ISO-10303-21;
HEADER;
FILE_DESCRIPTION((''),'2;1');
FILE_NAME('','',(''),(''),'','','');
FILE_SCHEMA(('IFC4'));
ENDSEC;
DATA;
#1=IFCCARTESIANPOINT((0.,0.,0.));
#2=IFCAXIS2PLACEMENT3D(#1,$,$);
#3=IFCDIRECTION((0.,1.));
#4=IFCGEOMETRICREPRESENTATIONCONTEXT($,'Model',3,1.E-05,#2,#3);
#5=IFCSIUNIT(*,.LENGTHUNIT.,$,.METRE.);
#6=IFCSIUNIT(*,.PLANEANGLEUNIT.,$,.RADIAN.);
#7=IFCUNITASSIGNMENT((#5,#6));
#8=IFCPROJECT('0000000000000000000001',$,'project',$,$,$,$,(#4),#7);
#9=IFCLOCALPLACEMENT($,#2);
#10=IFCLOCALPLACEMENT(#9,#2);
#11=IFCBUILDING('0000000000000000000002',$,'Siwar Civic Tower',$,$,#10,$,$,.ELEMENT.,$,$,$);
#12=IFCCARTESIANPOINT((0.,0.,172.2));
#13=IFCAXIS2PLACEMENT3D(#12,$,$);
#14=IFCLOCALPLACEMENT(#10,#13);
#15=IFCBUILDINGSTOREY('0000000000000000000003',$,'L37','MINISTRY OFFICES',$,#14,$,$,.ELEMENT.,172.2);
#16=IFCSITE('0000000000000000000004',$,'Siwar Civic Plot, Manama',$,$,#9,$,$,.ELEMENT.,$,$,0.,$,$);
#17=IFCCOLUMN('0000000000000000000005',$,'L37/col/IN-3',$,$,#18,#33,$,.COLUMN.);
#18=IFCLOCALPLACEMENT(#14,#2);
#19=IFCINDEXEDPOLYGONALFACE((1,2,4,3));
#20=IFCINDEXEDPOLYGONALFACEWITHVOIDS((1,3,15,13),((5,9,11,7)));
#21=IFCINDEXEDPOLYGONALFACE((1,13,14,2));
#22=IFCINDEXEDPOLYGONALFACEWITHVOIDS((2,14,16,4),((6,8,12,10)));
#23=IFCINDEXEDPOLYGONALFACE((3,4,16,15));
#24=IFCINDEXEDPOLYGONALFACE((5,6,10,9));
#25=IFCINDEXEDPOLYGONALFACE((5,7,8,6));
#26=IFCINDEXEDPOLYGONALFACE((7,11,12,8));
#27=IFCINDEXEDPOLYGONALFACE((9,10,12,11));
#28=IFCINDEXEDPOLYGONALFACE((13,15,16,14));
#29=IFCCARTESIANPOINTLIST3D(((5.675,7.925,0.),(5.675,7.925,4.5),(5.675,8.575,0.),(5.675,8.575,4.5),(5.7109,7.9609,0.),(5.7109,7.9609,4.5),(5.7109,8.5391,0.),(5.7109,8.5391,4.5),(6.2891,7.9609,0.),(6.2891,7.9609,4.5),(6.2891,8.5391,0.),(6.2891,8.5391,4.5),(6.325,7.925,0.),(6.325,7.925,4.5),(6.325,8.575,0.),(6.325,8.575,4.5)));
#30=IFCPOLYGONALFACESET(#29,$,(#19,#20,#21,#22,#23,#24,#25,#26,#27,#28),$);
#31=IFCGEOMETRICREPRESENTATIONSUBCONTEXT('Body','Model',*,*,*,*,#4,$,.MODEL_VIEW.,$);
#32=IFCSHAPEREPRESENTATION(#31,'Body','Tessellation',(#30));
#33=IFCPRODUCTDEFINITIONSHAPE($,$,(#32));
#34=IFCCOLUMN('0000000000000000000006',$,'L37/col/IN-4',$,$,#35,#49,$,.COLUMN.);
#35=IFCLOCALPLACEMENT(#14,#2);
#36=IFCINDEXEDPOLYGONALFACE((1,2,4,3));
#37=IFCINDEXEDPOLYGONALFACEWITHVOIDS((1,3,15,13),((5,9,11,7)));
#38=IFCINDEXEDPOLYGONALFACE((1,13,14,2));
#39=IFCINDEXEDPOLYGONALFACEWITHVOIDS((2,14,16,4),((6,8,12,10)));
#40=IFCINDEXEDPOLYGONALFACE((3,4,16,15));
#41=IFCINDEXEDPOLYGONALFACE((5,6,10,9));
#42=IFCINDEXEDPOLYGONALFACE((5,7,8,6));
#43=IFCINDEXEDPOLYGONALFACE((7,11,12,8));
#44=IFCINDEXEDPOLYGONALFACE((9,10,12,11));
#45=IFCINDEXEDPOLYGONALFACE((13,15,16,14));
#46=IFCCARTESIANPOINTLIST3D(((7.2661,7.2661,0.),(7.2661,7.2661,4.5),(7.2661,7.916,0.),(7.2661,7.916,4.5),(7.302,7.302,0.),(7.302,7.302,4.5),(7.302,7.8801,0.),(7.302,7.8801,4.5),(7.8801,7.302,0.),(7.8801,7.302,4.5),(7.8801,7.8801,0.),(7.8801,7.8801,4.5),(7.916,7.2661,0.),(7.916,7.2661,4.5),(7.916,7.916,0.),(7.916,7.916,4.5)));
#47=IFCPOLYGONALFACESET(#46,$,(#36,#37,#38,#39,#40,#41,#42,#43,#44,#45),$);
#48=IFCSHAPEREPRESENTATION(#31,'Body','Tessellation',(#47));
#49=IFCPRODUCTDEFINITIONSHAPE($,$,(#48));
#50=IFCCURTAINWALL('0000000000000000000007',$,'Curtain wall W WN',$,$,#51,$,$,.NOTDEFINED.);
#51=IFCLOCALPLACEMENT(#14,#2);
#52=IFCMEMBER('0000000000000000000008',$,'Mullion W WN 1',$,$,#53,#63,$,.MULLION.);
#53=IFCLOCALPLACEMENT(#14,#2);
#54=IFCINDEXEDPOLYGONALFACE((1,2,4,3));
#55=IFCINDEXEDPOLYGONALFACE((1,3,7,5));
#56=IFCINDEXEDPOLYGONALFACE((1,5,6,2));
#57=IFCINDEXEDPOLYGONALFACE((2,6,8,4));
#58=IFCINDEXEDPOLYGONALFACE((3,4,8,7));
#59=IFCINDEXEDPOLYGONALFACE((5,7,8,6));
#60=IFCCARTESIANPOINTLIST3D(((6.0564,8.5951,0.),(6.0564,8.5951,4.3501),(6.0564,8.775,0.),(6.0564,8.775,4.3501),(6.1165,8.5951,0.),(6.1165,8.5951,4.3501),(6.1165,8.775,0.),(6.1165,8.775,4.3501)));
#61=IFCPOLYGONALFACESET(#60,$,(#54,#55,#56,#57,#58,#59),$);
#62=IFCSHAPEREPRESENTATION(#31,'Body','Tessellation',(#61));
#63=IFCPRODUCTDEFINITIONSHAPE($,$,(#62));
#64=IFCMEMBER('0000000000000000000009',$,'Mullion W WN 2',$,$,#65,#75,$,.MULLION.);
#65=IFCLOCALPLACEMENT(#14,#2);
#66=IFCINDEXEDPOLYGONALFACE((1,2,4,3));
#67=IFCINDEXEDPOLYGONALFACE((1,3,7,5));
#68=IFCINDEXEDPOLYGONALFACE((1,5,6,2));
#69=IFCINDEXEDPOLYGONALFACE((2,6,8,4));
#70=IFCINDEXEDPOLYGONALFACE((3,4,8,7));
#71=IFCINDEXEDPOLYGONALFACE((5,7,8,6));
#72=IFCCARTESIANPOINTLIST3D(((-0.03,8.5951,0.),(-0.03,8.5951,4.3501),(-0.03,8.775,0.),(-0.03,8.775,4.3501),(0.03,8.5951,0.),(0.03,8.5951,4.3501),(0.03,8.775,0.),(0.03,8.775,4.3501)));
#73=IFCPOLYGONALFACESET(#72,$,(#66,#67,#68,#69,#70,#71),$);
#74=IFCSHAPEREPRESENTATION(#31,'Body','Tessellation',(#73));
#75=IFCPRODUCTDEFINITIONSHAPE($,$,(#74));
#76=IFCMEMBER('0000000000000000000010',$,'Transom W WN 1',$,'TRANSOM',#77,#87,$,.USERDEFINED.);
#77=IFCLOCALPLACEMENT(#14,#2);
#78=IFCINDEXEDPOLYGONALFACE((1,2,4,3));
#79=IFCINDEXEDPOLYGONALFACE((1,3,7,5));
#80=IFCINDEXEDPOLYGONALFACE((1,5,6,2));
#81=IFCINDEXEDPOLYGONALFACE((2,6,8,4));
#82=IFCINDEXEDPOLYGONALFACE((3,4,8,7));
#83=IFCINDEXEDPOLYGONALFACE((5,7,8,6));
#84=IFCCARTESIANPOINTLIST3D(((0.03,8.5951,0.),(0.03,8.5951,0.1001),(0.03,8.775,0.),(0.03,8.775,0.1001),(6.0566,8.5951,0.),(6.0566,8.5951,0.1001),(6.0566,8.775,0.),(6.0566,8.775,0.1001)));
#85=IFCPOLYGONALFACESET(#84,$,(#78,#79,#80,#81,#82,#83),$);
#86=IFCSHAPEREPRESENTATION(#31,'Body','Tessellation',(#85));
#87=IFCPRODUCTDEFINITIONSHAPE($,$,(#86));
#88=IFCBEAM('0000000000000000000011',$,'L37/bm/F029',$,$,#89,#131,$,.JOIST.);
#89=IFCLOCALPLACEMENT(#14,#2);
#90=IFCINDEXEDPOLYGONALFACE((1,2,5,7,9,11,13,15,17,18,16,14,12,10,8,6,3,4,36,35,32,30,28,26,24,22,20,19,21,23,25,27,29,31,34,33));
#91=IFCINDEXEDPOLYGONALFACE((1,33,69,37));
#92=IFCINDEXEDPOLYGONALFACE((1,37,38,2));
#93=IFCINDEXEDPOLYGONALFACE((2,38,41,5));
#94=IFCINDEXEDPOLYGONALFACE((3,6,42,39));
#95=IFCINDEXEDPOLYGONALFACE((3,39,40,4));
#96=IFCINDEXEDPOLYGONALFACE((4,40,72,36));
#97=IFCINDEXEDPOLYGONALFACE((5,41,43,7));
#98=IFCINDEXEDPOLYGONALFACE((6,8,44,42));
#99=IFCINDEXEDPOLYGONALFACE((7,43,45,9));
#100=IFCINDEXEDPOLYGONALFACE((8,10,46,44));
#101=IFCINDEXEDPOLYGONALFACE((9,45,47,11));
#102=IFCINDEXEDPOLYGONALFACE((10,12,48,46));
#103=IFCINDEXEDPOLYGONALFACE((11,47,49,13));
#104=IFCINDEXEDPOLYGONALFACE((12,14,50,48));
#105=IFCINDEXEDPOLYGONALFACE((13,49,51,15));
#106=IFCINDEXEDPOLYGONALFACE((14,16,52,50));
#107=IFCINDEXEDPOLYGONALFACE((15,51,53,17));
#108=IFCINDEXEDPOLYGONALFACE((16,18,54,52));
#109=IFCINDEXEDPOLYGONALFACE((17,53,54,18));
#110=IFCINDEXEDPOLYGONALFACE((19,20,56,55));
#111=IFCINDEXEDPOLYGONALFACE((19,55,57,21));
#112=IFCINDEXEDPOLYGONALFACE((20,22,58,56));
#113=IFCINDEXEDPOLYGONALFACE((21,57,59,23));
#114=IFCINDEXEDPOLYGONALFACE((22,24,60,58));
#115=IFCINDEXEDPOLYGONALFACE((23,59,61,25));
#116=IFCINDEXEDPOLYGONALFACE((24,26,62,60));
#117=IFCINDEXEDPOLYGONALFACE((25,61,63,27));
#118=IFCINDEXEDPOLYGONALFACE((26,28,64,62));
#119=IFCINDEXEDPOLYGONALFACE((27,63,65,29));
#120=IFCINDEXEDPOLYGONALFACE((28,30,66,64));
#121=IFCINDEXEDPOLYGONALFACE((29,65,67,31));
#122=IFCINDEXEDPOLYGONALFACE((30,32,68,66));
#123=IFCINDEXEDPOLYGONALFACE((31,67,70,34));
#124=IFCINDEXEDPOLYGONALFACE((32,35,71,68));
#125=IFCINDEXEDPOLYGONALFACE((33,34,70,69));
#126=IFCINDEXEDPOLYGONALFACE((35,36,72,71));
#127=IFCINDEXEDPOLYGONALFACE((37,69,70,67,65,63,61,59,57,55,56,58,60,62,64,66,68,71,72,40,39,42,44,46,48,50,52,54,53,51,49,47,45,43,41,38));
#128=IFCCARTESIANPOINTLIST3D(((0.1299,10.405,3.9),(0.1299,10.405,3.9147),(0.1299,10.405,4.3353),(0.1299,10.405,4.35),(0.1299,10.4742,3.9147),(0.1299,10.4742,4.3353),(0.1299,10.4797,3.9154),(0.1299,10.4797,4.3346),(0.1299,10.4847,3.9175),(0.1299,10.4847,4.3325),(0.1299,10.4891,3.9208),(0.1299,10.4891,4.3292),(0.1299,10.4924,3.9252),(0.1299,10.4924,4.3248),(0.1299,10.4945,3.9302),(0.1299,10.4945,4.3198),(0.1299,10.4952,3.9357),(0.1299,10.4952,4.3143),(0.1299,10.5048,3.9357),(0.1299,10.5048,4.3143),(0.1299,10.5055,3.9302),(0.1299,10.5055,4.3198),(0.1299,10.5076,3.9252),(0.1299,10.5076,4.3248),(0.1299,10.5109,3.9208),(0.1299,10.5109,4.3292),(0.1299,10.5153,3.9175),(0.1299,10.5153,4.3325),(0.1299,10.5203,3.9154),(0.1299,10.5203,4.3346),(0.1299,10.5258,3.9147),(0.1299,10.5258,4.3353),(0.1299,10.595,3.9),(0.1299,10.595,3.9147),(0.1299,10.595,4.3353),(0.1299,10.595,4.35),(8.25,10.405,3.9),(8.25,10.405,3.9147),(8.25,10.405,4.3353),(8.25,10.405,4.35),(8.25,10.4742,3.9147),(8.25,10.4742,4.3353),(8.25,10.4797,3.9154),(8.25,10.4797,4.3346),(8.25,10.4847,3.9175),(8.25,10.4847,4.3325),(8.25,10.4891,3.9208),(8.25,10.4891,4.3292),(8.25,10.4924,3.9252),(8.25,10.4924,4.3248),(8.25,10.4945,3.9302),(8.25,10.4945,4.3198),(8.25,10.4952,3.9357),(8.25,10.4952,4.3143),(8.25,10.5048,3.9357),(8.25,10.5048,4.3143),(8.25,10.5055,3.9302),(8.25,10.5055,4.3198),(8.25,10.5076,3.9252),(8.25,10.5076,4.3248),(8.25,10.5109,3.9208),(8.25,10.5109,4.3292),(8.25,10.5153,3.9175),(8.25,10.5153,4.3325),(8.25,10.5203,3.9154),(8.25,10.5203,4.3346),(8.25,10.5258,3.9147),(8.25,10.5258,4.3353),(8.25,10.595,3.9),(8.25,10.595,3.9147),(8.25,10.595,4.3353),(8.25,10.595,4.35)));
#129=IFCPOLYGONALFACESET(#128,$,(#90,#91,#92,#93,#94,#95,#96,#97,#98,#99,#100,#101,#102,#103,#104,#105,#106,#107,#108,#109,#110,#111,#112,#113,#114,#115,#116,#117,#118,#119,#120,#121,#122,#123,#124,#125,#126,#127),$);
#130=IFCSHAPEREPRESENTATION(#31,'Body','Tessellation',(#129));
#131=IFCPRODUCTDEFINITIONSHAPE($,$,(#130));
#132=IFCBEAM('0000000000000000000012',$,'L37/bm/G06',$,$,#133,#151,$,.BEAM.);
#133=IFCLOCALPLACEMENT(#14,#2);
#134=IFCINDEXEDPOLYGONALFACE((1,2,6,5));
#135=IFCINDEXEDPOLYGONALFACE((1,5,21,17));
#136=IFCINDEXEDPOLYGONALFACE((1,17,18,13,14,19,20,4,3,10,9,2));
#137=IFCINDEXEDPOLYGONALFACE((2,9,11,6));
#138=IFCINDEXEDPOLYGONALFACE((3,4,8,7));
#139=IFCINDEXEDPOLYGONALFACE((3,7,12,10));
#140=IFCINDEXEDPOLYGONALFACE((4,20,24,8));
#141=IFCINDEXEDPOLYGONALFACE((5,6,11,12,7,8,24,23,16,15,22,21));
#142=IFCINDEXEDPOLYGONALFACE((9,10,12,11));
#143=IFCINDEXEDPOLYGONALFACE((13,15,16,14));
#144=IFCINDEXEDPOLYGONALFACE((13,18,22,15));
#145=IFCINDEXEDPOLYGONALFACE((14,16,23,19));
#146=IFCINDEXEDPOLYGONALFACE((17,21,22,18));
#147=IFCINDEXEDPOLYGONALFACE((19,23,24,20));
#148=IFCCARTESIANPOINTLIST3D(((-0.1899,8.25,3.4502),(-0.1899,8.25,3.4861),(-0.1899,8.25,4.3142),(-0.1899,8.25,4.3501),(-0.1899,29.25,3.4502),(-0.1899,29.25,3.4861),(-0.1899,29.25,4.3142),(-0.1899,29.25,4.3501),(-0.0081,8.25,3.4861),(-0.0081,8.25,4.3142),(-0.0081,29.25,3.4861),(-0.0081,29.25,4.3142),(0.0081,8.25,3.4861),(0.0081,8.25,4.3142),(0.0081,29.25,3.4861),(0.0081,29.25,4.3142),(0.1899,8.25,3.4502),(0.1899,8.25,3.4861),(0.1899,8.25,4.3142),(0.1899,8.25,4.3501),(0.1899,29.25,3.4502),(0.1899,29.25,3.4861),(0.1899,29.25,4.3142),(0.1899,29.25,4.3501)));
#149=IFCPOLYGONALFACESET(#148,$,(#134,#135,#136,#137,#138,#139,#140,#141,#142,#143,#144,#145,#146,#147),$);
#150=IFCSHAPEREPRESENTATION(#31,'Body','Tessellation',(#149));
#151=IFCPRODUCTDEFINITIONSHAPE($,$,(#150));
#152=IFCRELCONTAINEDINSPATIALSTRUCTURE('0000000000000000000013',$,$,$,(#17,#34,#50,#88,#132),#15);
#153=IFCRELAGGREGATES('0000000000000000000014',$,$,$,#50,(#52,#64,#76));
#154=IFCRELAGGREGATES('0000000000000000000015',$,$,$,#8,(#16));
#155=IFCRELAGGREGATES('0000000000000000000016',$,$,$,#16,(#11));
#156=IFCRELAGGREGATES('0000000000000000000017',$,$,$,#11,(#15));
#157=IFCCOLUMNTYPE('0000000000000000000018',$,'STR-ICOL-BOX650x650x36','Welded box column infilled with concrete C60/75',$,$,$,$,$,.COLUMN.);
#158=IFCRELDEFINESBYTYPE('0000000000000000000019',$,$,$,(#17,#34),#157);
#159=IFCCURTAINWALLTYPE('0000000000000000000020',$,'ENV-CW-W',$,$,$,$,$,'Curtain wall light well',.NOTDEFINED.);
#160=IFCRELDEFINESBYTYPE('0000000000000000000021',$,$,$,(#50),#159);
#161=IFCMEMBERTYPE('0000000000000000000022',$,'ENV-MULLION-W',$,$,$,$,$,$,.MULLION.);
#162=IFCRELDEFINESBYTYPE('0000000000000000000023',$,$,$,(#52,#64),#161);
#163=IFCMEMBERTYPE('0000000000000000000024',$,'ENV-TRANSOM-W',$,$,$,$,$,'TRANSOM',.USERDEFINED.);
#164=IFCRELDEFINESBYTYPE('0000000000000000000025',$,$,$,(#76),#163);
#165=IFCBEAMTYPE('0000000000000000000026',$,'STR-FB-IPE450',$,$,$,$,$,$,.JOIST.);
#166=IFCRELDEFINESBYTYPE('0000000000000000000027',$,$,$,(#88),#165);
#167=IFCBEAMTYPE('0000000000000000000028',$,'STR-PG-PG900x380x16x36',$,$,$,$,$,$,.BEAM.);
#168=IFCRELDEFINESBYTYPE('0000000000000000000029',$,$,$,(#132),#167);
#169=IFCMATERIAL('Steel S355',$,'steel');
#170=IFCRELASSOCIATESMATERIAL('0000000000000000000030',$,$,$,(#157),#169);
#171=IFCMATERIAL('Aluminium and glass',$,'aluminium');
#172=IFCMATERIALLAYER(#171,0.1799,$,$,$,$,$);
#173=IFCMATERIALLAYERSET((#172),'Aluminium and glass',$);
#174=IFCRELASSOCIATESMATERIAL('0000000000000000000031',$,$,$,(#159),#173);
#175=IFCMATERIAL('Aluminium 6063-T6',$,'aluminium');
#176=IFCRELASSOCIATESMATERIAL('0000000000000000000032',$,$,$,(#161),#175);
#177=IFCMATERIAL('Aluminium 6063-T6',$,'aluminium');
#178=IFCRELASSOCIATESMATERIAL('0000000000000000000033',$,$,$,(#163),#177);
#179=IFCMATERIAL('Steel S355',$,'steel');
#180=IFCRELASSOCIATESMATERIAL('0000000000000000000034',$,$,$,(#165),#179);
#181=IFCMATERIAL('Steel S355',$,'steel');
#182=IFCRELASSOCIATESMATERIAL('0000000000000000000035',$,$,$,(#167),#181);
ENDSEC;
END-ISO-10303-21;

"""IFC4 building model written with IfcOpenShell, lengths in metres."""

from ifc_helpers import new_model, si_unit, direction, frame, origin, origin_2d, place, context, subcontext, project, spatial, rectangle, hollow_rectangle, i_section, extrude, material, layer, layer_set, material_profile, profile_set, type_object, element, aggregate, save


model = new_model("IFC4")

# Units and contexts
model_context = context("Model", 3, precision=1e-05, world=origin(), true_north=direction((0.0, 1.0)))
body_context = subcontext(model_context, "Body", "Model", "MODEL_VIEW")
ifc_project = project(units=[si_unit("LENGTHUNIT", "METRE"), si_unit("PLANEANGLEUNIT", "RADIAN")], contexts=[model_context])

# Site, building, storey
site_placement = place(None, origin())
site = spatial("IfcSite", under=ifc_project, at=site_placement, Name="Siwar Civic Plot, Manama", CompositionType="ELEMENT", RefElevation=0.0)
building_placement = place(site_placement, origin())
building = spatial("IfcBuilding", under=site, at=building_placement, Name="Siwar Civic Tower", CompositionType="ELEMENT")
storey_placement = place(building_placement, frame((0.0, 0.0, 172.2)))
storey = spatial("IfcBuildingStorey", under=building, at=storey_placement, Name="L37", Description="MINISTRY OFFICES", CompositionType="ELEMENT", Elevation=172.2)

# Columns
ifc_material_1 = material(Name="Steel S355", Category="steel")
ifc_material_profile_1 = material_profile(ifc_material_1, hollow_rectangle(XDim=0.6499, YDim=0.6499, WallThickness=0.0359, at=origin_2d()), Name="BOX650x650x36")
ifc_profile_set_1 = profile_set([ifc_material_profile_1], Name="Steel S355")
column_type = type_object("IfcColumnType", Name="STR-ICOL-BOX650x650x36", Description="Welded box column infilled with concrete C60/75", PredefinedType="COLUMN", material=ifc_profile_set_1)
for number, where, z_axis, x_axis, name in (
    (1, (6.0, 8.25, 0.0), (0.0, 0.0, 1.0), (1.0, 0.0, 0.0), "L37/col/IN-3"),
    (2, (7.5911, 7.5911, 0.0), (0.0, 0.0, 1.0), (1.0, 0.0, 0.0), "L37/col/IN-4"),
):
    element("IfcColumn", number, at=place(storey_placement, frame(where, z_axis=z_axis, x_axis=x_axis)), inside=storey, type_object=column_type, Name=name, PredefinedType="COLUMN", context=body_context, shape_type="SweptSolid", body=[
        extrude(hollow_rectangle(XDim=0.6499, YDim=0.6499, WallThickness=0.0359, at=origin_2d()), origin(), (0.0, 0.0, 1.0), 4.5),
    ])

# Curtain wall, members
ifc_material_2 = material(Name="Aluminium and glass", Category="aluminium")
ifc_layer_1 = layer(ifc_material_2, 0.1799)
ifc_layer_set_1 = layer_set([ifc_layer_1], Name="Aluminium and glass")
curtain_wall_type = type_object("IfcCurtainWallType", Name="ENV-CW-W", ElementType="Curtain wall light well", PredefinedType="NOTDEFINED", material=ifc_layer_set_1)
curtain_wall_placement = place(storey_placement, origin())
curtain_wall = element("IfcCurtainWall", 3, at=curtain_wall_placement, inside=storey, type_object=curtain_wall_type, Name="Curtain wall W WN", PredefinedType="NOTDEFINED")
ifc_material_3 = material(Name="Aluminium 6063-T6", Category="aluminium")
ifc_material_profile_2 = material_profile(ifc_material_3, rectangle(XDim=0.1799, YDim=0.0601, at=origin_2d()), Name="AL 180x60")
ifc_profile_set_2 = profile_set([ifc_material_profile_2], Name="Aluminium 6063-T6")
member_type_1 = type_object("IfcMemberType", Name="ENV-MULLION-W", PredefinedType="MULLION", material=ifc_profile_set_2)
member_1_placement = place(storey_placement, frame((6.0864, 8.6851, 0.0), z_axis=(0.0, 0.0, 1.0), x_axis=(0.0, -1.0, 0.0)))
member_1 = element("IfcMember", 4, at=member_1_placement, type_object=member_type_1, Name="Mullion W WN 1", PredefinedType="MULLION", context=body_context, shape_type="SweptSolid", body=[
    extrude(rectangle(XDim=0.1799, YDim=0.0601, at=origin_2d()), origin(), (0.0, 0.0, 1.0), 4.3501),
])
member_2_placement = place(storey_placement, frame((0.0, 8.6851, 0.0), z_axis=(0.0, 0.0, 1.0), x_axis=(0.0, -1.0, 0.0)))
member_2 = element("IfcMember", 5, at=member_2_placement, type_object=member_type_1, Name="Mullion W WN 2", PredefinedType="MULLION", context=body_context, shape_type="SweptSolid", body=[
    extrude(rectangle(XDim=0.1799, YDim=0.0601, at=origin_2d()), origin(), (0.0, 0.0, 1.0), 4.3501),
])
ifc_material_4 = material(Name="Aluminium 6063-T6", Category="aluminium")
ifc_material_profile_3 = material_profile(ifc_material_4, rectangle(XDim=0.1799, YDim=0.1001, at=origin_2d()), Name="AL 180x100")
ifc_profile_set_3 = profile_set([ifc_material_profile_3], Name="Aluminium 6063-T6")
member_type_2 = type_object("IfcMemberType", Name="ENV-TRANSOM-W", ElementType="TRANSOM", PredefinedType="USERDEFINED", material=ifc_profile_set_3)
member_3_placement = place(storey_placement, frame((6.0566, 8.6851, 0.05), z_axis=(-1.0, 0.0, 0.0), x_axis=(0.0, -1.0, 0.0)))
member_3 = element("IfcMember", 6, at=member_3_placement, type_object=member_type_2, Name="Transom W WN 1", ObjectType="TRANSOM", PredefinedType="USERDEFINED", context=body_context, shape_type="SweptSolid", body=[
    extrude(rectangle(XDim=0.1799, YDim=0.1001, at=origin_2d()), origin(), (0.0, 0.0, 1.0), 6.0266),
])

# Beams
ifc_material_5 = material(Name="Steel S355", Category="steel")
ifc_material_profile_4 = material_profile(ifc_material_5, i_section(OverallWidth=0.1899, OverallDepth=0.45, WebThickness=0.0095, FlangeThickness=0.0146, FilletRadius=0.021, at=origin_2d()), Name="IPE450")
ifc_profile_set_4 = profile_set([ifc_material_profile_4], Name="Steel S355")
beam_type_1 = type_object("IfcBeamType", Name="STR-FB-IPE450", PredefinedType="JOIST", material=ifc_profile_set_4)
beam_1_placement = place(storey_placement, frame((0.1299, 10.5, 4.125), z_axis=(1.0, 0.0, 0.0), x_axis=(0.0, 1.0, 0.0)))
element("IfcBeam", 7, at=beam_1_placement, inside=storey, type_object=beam_type_1, Name="L37/bm/F029", PredefinedType="JOIST", context=body_context, shape_type="SweptSolid", body=[
    extrude(i_section(OverallWidth=0.1899, OverallDepth=0.45, WebThickness=0.0095, FlangeThickness=0.0146, FilletRadius=0.021, at=origin_2d()), origin(), (0.0, 0.0, 1.0), 8.1201),
])
ifc_material_6 = material(Name="Steel S355", Category="steel")
ifc_material_profile_5 = material_profile(ifc_material_6, i_section(OverallWidth=0.3799, OverallDepth=0.8999, WebThickness=0.0161, FlangeThickness=0.0359, at=origin_2d()), Name="PG900x380x16x36")
ifc_profile_set_5 = profile_set([ifc_material_profile_5], Name="Steel S355")
beam_type_2 = type_object("IfcBeamType", Name="STR-PG-PG900x380x16x36", PredefinedType="BEAM", material=ifc_profile_set_5)
beam_2_placement = place(storey_placement, frame((0.0, 8.25, 3.9001), z_axis=(0.0, 1.0, 0.0), x_axis=(-1.0, 0.0, 0.0)))
element("IfcBeam", 8, at=beam_2_placement, inside=storey, type_object=beam_type_2, Name="L37/bm/G06", PredefinedType="BEAM", context=body_context, shape_type="SweptSolid", body=[
    extrude(i_section(OverallWidth=0.3799, OverallDepth=0.8999, WebThickness=0.0161, FlangeThickness=0.0359, at=origin_2d()), origin(), (0.0, 0.0, 1.0), 21.0),
])

aggregate(curtain_wall, [member_1, member_2, member_3])

save(model, "model.ifc")
